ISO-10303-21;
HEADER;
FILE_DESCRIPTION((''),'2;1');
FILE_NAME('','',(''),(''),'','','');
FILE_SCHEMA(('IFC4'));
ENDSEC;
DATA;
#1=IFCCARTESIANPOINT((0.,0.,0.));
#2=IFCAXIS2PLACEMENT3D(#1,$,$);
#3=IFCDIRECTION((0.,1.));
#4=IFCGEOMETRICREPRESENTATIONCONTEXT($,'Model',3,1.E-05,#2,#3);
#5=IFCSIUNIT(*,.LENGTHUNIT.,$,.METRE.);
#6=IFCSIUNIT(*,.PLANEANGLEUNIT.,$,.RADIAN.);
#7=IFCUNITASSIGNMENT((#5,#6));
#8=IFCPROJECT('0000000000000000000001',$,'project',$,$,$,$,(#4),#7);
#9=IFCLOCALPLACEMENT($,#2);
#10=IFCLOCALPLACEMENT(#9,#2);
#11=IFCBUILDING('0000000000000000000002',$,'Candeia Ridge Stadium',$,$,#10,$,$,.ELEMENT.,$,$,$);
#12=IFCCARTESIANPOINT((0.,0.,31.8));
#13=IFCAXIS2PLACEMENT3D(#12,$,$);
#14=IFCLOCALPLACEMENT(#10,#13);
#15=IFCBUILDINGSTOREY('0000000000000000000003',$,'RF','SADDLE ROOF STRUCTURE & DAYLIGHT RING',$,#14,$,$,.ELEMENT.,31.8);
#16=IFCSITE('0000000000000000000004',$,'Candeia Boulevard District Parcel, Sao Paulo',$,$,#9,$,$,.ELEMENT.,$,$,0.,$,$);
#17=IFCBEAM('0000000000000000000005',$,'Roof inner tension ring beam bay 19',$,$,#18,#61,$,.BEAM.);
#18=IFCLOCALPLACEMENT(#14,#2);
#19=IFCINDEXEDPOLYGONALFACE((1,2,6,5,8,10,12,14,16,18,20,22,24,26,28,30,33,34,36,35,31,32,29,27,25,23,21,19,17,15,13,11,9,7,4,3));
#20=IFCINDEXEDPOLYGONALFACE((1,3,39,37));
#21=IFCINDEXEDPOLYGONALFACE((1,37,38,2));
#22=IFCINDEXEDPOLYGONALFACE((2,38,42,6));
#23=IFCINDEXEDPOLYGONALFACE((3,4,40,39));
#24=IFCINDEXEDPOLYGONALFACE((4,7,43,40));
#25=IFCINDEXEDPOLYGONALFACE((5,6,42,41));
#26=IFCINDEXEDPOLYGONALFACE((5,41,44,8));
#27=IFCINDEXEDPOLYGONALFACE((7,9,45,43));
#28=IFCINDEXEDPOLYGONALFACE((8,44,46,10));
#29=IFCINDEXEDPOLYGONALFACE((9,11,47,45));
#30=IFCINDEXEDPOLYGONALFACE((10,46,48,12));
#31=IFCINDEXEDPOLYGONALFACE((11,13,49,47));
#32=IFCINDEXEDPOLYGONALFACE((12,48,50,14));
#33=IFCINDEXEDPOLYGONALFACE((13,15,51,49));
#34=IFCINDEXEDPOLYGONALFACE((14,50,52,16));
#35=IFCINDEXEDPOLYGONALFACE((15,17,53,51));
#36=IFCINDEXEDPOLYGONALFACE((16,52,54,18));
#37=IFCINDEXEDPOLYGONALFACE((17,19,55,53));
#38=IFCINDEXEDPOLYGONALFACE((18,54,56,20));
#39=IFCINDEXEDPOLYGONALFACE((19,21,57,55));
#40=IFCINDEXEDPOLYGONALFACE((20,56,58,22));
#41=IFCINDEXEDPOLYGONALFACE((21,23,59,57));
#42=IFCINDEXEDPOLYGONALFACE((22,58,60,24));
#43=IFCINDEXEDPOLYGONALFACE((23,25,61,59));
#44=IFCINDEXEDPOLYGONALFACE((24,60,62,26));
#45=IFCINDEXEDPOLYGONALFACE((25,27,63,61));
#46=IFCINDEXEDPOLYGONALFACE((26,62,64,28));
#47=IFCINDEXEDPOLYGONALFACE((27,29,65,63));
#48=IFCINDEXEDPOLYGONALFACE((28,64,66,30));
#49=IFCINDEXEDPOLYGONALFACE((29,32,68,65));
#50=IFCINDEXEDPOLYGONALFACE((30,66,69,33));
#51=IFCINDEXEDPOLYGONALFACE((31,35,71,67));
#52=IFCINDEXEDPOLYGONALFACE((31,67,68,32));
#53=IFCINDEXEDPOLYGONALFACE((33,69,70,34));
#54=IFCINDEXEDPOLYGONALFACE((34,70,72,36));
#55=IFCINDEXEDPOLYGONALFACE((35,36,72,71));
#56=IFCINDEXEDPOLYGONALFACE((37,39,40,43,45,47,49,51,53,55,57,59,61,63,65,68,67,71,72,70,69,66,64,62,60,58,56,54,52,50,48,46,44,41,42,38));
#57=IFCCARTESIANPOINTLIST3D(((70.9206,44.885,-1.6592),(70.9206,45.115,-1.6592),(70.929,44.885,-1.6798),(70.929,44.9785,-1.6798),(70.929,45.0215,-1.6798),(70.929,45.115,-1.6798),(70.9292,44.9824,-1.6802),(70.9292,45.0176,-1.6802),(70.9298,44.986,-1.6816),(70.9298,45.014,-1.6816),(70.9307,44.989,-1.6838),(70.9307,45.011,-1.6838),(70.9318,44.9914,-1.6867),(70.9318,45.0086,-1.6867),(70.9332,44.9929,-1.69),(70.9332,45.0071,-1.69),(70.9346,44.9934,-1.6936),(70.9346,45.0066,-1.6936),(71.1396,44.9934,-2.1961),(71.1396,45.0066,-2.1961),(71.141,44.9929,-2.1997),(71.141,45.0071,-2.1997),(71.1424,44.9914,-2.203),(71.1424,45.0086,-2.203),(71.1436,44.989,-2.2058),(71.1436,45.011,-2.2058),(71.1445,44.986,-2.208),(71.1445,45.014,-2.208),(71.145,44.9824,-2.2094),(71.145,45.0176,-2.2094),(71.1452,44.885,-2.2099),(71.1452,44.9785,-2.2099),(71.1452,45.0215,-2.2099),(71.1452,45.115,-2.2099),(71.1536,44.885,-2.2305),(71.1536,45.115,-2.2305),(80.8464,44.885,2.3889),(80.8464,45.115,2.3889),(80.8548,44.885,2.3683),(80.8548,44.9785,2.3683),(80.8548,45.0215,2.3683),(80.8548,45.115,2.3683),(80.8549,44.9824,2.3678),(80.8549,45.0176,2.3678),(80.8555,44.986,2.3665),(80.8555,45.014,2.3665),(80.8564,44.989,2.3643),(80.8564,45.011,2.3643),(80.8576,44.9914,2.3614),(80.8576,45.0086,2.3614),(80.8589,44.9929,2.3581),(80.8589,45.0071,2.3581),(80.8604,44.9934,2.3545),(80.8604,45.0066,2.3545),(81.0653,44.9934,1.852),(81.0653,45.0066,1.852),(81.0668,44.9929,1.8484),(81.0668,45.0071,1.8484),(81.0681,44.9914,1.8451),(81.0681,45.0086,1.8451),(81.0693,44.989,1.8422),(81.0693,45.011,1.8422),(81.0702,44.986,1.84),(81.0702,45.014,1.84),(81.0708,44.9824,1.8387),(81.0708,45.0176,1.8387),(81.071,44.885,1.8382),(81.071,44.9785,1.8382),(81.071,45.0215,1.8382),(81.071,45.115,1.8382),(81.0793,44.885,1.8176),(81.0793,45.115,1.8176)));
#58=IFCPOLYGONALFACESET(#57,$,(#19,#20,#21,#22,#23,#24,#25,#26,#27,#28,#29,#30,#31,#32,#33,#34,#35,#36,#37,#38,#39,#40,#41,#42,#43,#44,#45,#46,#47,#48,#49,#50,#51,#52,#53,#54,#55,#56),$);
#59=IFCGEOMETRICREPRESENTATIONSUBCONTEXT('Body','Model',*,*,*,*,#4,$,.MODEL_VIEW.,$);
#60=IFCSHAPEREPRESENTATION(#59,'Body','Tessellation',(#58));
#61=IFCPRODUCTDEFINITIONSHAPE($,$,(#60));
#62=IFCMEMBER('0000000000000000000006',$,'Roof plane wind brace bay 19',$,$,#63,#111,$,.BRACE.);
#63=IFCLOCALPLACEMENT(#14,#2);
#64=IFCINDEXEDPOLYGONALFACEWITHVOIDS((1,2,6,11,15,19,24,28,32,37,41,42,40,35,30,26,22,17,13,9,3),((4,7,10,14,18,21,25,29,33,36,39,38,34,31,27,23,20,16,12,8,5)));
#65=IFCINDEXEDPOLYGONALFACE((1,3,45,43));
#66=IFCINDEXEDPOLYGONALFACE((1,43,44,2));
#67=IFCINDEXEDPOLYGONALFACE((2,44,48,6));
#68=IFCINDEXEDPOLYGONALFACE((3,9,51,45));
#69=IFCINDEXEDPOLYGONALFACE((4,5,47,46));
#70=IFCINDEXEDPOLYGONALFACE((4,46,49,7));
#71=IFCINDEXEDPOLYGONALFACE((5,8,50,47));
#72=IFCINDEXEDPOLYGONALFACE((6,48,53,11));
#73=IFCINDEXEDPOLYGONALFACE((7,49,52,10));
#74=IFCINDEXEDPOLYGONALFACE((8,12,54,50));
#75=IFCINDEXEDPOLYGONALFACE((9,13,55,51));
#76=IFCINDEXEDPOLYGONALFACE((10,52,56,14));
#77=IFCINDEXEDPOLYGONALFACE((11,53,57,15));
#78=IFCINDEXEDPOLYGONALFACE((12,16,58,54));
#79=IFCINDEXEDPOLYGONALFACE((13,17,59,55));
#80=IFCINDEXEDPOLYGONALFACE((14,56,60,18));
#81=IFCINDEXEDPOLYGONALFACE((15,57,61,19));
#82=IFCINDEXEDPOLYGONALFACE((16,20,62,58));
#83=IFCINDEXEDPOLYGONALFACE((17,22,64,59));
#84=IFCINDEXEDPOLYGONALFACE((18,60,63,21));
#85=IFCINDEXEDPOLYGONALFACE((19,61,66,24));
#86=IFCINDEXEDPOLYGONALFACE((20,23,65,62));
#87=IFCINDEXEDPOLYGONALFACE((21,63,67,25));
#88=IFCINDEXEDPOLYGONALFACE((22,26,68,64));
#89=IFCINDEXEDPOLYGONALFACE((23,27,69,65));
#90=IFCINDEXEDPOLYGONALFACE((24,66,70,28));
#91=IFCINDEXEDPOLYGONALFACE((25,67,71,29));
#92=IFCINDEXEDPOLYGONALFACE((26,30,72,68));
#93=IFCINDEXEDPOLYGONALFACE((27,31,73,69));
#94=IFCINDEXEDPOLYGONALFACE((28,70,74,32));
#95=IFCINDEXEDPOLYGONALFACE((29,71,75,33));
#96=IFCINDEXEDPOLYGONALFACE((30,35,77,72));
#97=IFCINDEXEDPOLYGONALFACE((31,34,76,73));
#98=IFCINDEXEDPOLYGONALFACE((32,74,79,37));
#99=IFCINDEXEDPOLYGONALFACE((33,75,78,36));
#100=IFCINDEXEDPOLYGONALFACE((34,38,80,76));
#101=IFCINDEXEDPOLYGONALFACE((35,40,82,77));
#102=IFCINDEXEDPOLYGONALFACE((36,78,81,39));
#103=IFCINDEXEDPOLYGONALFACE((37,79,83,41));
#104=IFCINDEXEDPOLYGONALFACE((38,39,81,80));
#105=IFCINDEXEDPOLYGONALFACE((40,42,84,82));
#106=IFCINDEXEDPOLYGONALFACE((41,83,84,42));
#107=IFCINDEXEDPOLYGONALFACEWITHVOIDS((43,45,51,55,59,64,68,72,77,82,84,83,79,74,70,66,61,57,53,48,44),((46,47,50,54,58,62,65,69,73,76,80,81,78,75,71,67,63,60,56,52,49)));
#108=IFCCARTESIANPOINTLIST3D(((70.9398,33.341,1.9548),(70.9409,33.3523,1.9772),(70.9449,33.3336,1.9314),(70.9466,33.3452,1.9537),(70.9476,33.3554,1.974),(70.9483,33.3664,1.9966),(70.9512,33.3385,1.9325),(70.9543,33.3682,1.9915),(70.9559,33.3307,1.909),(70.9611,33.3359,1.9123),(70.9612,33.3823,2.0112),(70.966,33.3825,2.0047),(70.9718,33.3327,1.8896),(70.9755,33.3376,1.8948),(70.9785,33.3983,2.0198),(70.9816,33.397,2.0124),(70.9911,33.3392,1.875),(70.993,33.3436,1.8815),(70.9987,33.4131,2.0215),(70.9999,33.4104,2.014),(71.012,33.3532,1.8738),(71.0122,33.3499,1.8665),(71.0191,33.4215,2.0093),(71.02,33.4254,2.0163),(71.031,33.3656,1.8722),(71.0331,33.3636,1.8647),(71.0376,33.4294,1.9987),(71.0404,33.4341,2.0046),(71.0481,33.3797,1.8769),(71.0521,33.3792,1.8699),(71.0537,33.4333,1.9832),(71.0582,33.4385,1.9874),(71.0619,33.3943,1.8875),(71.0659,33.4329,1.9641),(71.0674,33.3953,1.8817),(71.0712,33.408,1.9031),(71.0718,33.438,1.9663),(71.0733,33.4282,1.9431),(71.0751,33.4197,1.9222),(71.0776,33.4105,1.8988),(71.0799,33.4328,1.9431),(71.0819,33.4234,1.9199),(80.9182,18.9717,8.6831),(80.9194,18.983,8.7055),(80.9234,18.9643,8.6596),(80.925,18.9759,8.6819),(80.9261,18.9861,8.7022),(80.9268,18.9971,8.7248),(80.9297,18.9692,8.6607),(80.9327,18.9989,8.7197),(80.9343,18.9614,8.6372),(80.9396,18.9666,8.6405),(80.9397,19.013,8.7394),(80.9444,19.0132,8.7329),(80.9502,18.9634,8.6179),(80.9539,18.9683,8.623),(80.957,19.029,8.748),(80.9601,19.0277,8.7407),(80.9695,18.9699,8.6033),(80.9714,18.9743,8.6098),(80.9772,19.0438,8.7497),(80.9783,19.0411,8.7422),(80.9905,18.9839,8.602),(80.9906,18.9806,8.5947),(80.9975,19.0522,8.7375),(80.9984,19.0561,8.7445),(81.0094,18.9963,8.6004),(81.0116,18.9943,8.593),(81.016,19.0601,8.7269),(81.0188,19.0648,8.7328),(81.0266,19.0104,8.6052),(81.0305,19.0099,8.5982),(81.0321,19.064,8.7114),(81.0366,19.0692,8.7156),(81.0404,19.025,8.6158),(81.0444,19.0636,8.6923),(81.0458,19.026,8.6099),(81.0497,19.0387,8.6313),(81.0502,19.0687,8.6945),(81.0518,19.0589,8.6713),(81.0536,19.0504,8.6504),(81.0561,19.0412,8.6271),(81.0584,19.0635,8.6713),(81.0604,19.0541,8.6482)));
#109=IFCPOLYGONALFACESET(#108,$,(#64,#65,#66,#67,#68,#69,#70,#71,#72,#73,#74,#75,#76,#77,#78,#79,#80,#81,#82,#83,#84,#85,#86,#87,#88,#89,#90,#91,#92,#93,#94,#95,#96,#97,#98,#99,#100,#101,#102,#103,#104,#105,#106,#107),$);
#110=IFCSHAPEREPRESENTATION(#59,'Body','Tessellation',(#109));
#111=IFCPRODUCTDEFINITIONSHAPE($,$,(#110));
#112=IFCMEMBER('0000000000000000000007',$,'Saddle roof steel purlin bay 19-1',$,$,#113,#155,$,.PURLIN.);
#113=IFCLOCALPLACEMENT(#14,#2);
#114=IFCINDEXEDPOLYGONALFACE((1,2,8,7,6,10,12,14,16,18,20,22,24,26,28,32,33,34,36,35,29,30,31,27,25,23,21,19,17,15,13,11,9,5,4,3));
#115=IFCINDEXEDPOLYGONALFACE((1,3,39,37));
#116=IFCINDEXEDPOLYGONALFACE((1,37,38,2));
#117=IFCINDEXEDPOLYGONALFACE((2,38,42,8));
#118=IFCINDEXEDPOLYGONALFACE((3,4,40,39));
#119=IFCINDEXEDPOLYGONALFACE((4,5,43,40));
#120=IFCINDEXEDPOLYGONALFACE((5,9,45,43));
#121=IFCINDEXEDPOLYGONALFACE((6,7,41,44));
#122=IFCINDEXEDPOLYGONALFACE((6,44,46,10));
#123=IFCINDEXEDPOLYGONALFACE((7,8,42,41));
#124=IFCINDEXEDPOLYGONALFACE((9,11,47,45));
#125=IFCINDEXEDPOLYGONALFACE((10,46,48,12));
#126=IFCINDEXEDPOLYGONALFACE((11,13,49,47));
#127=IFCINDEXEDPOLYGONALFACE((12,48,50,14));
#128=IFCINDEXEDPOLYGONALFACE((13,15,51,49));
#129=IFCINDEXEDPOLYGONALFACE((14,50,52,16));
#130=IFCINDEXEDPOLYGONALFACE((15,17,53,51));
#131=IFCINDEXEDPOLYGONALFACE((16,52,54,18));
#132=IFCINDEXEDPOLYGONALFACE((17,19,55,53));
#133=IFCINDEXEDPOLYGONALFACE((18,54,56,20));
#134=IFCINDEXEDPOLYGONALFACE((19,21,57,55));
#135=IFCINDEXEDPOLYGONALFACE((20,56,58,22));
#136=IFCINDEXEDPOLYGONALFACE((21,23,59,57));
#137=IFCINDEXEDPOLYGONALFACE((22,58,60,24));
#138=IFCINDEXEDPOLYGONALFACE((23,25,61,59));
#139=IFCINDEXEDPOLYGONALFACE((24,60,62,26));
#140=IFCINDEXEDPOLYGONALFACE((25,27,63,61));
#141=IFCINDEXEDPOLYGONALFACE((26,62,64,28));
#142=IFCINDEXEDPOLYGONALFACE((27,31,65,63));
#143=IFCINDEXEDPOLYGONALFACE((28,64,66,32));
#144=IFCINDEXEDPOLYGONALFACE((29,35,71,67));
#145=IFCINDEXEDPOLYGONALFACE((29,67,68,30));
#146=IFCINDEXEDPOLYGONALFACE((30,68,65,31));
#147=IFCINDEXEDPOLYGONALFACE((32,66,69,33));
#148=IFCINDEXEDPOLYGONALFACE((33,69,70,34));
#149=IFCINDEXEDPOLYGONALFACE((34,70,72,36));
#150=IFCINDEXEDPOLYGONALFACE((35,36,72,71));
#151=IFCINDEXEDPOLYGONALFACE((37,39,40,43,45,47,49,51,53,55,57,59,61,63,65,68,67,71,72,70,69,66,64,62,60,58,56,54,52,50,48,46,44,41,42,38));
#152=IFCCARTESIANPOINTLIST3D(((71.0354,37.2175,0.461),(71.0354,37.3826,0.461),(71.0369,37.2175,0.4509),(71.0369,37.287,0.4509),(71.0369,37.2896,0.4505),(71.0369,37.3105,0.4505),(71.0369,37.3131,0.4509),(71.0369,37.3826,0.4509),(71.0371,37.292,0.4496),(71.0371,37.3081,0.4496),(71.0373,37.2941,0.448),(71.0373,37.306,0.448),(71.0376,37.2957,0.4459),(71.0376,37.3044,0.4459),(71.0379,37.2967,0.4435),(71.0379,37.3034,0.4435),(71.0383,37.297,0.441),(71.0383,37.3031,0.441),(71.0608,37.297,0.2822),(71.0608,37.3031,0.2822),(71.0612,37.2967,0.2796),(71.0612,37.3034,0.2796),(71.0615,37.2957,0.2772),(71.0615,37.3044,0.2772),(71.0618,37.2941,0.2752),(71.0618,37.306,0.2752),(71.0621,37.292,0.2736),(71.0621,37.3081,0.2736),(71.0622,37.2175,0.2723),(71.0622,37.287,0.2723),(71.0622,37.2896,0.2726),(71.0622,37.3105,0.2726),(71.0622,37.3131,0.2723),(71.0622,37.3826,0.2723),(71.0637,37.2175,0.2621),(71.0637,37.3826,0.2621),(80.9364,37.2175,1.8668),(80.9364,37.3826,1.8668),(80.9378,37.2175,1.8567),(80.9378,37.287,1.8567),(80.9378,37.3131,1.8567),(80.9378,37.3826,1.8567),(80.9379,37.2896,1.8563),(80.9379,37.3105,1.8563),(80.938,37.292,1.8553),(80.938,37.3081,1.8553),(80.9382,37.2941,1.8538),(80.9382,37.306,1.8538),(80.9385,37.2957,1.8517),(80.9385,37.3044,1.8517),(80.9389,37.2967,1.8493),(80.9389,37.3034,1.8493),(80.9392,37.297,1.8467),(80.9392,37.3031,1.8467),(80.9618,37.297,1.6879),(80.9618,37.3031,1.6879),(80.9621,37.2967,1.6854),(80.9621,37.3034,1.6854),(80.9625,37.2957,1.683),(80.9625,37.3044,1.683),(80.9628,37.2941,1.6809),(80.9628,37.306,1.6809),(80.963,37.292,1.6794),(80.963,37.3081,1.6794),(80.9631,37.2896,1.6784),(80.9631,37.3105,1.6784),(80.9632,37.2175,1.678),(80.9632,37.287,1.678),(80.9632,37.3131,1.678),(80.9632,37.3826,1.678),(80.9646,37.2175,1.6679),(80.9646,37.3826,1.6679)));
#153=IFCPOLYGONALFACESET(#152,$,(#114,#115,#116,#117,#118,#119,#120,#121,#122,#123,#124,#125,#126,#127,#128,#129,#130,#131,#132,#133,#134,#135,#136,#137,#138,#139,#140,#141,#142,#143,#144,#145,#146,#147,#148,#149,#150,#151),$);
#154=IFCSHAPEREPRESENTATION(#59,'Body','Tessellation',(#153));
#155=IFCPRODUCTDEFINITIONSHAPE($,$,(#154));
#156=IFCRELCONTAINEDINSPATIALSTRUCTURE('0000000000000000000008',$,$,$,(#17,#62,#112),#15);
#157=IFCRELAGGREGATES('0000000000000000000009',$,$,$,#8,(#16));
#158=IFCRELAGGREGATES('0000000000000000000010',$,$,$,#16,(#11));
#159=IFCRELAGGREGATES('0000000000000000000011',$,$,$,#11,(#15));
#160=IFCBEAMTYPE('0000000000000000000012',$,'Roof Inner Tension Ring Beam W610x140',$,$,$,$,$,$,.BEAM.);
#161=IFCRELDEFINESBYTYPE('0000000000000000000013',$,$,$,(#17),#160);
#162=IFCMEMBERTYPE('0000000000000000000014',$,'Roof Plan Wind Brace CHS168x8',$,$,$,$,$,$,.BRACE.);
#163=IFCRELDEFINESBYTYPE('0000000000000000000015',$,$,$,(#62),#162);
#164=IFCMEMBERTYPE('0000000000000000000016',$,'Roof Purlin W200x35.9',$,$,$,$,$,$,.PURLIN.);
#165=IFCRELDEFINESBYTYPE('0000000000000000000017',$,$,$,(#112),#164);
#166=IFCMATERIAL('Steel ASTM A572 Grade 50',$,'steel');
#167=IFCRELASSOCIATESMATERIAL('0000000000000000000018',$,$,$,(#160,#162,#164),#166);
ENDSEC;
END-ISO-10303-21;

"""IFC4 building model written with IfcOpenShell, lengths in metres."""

from ifc_helpers import new_model, si_unit, direction, frame, origin, origin_2d, place, context, subcontext, project, spatial, hollow_circle, i_section, extrude, material, material_profile, profile_set, type_object, element, save


model = new_model("IFC4")

# Units and contexts
model_context = context("Model", 3, precision=1e-05, world=origin(), true_north=direction((0.0, 1.0)))
body_context = subcontext(model_context, "Body", "Model", "MODEL_VIEW")
ifc_project = project(units=[si_unit("LENGTHUNIT", "METRE"), si_unit("PLANEANGLEUNIT", "RADIAN")], contexts=[model_context])

# Site, building, storey
site_placement = place(None, origin())
site = spatial("IfcSite", under=ifc_project, at=site_placement, Name="Candeia Boulevard District Parcel, Sao Paulo", CompositionType="ELEMENT", RefElevation=0.0)
building_placement = place(site_placement, origin())
building = spatial("IfcBuilding", under=site, at=building_placement, Name="Candeia Ridge Stadium", CompositionType="ELEMENT")
storey_placement = place(building_placement, frame((0.0, 0.0, 31.8)))
storey = spatial("IfcBuildingStorey", under=building, at=storey_placement, Name="RF", Description="SADDLE ROOF STRUCTURE & DAYLIGHT RING", CompositionType="ELEMENT", Elevation=31.8)

# Shared definitions
ifc_material_1 = material(Name="Steel ASTM A572 Grade 50", Category="steel")

# Beam
ifc_material_profile_1 = material_profile(ifc_material_1, i_section(OverallWidth=0.23, OverallDepth=0.6169, WebThickness=0.0132, FlangeThickness=0.0222, FilletRadius=0.0149, at=origin_2d()), Name="W610x140", Category="steel")
ifc_profile_set_1 = profile_set([ifc_material_profile_1], Name="Steel ASTM A572 Grade 50")
beam_type_1 = type_object("IfcBeamType", Name="Roof Inner Tension Ring Beam W610x140", PredefinedType="BEAM", material=ifc_profile_set_1)
beam_1_placement = place(storey_placement, frame((71.0371, 45.0, -1.9448), z_axis=(0.925953, 0.0, 0.377638), x_axis=(0.0, 1.0, 0.0)))
element("IfcBeam", 1, at=beam_1_placement, inside=storey, type_object=beam_type_1, Name="Roof inner tension ring beam bay 19", PredefinedType="BEAM", context=body_context, shape_type="SweptSolid", body=[
    extrude(i_section(OverallWidth=0.23, OverallDepth=0.6169, WebThickness=0.0132, FlangeThickness=0.0222, FilletRadius=0.0149, at=origin_2d()), origin(), (0.0, 0.0, 1.0), 10.7195),
])

# Members
ifc_material_profile_2 = material_profile(ifc_material_1, hollow_circle(Radius=0.0842, WallThickness=0.0081, at=origin_2d()), Name="CHS168x8", Category="steel")
ifc_profile_set_2 = profile_set([ifc_material_profile_2], Name="Steel ASTM A572 Grade 50")
member_type_1 = type_object("IfcMemberType", Name="Roof Plan Wind Brace CHS168x8", PredefinedType="BRACE", material=ifc_profile_set_2)
member_1_placement = place(storey_placement, frame((71.0107, 33.3848, 1.9431), z_axis=(0.532371, -0.766632, 0.358965), x_axis=(0.821376, 0.570387, 0.0)))
element("IfcMember", 2, at=member_1_placement, inside=storey, type_object=member_type_1, Name="Roof plane wind brace bay 19", PredefinedType="BRACE", context=body_context, shape_type="SweptSolid", body=[
    extrude(hollow_circle(Radius=0.0842, WallThickness=0.0081, at=origin_2d()), origin(), (0.0, 0.0, 1.0), 18.7434),
])
ifc_material_profile_3 = material_profile(ifc_material_1, i_section(OverallWidth=0.165, OverallDepth=0.2009, WebThickness=0.0061, FlangeThickness=0.0103, FilletRadius=0.01, at=origin_2d()), Name="W200x35.9", Category="steel")
ifc_profile_set_3 = profile_set([ifc_material_profile_3], Name="Steel ASTM A572 Grade 50")
member_type_2 = type_object("IfcMemberType", Name="Roof Purlin W200x35.9", PredefinedType="PURLIN", material=ifc_profile_set_3)
member_2_placement = place(storey_placement, frame((71.0496, 37.3, 0.3616), z_axis=(0.99007, 0.0, 0.140574), x_axis=(0.0, 1.0, 0.0)))
element("IfcMember", 3, at=member_2_placement, inside=storey, type_object=member_type_2, Name="Saddle roof steel purlin bay 19-1", PredefinedType="PURLIN", context=body_context, shape_type="SweptSolid", body=[
    extrude(i_section(OverallWidth=0.165, OverallDepth=0.2009, WebThickness=0.0061, FlangeThickness=0.0103, FilletRadius=0.01, at=origin_2d()), origin(), (0.0, 0.0, 1.0), 10.0002),
])

save(model, "model.ifc")
